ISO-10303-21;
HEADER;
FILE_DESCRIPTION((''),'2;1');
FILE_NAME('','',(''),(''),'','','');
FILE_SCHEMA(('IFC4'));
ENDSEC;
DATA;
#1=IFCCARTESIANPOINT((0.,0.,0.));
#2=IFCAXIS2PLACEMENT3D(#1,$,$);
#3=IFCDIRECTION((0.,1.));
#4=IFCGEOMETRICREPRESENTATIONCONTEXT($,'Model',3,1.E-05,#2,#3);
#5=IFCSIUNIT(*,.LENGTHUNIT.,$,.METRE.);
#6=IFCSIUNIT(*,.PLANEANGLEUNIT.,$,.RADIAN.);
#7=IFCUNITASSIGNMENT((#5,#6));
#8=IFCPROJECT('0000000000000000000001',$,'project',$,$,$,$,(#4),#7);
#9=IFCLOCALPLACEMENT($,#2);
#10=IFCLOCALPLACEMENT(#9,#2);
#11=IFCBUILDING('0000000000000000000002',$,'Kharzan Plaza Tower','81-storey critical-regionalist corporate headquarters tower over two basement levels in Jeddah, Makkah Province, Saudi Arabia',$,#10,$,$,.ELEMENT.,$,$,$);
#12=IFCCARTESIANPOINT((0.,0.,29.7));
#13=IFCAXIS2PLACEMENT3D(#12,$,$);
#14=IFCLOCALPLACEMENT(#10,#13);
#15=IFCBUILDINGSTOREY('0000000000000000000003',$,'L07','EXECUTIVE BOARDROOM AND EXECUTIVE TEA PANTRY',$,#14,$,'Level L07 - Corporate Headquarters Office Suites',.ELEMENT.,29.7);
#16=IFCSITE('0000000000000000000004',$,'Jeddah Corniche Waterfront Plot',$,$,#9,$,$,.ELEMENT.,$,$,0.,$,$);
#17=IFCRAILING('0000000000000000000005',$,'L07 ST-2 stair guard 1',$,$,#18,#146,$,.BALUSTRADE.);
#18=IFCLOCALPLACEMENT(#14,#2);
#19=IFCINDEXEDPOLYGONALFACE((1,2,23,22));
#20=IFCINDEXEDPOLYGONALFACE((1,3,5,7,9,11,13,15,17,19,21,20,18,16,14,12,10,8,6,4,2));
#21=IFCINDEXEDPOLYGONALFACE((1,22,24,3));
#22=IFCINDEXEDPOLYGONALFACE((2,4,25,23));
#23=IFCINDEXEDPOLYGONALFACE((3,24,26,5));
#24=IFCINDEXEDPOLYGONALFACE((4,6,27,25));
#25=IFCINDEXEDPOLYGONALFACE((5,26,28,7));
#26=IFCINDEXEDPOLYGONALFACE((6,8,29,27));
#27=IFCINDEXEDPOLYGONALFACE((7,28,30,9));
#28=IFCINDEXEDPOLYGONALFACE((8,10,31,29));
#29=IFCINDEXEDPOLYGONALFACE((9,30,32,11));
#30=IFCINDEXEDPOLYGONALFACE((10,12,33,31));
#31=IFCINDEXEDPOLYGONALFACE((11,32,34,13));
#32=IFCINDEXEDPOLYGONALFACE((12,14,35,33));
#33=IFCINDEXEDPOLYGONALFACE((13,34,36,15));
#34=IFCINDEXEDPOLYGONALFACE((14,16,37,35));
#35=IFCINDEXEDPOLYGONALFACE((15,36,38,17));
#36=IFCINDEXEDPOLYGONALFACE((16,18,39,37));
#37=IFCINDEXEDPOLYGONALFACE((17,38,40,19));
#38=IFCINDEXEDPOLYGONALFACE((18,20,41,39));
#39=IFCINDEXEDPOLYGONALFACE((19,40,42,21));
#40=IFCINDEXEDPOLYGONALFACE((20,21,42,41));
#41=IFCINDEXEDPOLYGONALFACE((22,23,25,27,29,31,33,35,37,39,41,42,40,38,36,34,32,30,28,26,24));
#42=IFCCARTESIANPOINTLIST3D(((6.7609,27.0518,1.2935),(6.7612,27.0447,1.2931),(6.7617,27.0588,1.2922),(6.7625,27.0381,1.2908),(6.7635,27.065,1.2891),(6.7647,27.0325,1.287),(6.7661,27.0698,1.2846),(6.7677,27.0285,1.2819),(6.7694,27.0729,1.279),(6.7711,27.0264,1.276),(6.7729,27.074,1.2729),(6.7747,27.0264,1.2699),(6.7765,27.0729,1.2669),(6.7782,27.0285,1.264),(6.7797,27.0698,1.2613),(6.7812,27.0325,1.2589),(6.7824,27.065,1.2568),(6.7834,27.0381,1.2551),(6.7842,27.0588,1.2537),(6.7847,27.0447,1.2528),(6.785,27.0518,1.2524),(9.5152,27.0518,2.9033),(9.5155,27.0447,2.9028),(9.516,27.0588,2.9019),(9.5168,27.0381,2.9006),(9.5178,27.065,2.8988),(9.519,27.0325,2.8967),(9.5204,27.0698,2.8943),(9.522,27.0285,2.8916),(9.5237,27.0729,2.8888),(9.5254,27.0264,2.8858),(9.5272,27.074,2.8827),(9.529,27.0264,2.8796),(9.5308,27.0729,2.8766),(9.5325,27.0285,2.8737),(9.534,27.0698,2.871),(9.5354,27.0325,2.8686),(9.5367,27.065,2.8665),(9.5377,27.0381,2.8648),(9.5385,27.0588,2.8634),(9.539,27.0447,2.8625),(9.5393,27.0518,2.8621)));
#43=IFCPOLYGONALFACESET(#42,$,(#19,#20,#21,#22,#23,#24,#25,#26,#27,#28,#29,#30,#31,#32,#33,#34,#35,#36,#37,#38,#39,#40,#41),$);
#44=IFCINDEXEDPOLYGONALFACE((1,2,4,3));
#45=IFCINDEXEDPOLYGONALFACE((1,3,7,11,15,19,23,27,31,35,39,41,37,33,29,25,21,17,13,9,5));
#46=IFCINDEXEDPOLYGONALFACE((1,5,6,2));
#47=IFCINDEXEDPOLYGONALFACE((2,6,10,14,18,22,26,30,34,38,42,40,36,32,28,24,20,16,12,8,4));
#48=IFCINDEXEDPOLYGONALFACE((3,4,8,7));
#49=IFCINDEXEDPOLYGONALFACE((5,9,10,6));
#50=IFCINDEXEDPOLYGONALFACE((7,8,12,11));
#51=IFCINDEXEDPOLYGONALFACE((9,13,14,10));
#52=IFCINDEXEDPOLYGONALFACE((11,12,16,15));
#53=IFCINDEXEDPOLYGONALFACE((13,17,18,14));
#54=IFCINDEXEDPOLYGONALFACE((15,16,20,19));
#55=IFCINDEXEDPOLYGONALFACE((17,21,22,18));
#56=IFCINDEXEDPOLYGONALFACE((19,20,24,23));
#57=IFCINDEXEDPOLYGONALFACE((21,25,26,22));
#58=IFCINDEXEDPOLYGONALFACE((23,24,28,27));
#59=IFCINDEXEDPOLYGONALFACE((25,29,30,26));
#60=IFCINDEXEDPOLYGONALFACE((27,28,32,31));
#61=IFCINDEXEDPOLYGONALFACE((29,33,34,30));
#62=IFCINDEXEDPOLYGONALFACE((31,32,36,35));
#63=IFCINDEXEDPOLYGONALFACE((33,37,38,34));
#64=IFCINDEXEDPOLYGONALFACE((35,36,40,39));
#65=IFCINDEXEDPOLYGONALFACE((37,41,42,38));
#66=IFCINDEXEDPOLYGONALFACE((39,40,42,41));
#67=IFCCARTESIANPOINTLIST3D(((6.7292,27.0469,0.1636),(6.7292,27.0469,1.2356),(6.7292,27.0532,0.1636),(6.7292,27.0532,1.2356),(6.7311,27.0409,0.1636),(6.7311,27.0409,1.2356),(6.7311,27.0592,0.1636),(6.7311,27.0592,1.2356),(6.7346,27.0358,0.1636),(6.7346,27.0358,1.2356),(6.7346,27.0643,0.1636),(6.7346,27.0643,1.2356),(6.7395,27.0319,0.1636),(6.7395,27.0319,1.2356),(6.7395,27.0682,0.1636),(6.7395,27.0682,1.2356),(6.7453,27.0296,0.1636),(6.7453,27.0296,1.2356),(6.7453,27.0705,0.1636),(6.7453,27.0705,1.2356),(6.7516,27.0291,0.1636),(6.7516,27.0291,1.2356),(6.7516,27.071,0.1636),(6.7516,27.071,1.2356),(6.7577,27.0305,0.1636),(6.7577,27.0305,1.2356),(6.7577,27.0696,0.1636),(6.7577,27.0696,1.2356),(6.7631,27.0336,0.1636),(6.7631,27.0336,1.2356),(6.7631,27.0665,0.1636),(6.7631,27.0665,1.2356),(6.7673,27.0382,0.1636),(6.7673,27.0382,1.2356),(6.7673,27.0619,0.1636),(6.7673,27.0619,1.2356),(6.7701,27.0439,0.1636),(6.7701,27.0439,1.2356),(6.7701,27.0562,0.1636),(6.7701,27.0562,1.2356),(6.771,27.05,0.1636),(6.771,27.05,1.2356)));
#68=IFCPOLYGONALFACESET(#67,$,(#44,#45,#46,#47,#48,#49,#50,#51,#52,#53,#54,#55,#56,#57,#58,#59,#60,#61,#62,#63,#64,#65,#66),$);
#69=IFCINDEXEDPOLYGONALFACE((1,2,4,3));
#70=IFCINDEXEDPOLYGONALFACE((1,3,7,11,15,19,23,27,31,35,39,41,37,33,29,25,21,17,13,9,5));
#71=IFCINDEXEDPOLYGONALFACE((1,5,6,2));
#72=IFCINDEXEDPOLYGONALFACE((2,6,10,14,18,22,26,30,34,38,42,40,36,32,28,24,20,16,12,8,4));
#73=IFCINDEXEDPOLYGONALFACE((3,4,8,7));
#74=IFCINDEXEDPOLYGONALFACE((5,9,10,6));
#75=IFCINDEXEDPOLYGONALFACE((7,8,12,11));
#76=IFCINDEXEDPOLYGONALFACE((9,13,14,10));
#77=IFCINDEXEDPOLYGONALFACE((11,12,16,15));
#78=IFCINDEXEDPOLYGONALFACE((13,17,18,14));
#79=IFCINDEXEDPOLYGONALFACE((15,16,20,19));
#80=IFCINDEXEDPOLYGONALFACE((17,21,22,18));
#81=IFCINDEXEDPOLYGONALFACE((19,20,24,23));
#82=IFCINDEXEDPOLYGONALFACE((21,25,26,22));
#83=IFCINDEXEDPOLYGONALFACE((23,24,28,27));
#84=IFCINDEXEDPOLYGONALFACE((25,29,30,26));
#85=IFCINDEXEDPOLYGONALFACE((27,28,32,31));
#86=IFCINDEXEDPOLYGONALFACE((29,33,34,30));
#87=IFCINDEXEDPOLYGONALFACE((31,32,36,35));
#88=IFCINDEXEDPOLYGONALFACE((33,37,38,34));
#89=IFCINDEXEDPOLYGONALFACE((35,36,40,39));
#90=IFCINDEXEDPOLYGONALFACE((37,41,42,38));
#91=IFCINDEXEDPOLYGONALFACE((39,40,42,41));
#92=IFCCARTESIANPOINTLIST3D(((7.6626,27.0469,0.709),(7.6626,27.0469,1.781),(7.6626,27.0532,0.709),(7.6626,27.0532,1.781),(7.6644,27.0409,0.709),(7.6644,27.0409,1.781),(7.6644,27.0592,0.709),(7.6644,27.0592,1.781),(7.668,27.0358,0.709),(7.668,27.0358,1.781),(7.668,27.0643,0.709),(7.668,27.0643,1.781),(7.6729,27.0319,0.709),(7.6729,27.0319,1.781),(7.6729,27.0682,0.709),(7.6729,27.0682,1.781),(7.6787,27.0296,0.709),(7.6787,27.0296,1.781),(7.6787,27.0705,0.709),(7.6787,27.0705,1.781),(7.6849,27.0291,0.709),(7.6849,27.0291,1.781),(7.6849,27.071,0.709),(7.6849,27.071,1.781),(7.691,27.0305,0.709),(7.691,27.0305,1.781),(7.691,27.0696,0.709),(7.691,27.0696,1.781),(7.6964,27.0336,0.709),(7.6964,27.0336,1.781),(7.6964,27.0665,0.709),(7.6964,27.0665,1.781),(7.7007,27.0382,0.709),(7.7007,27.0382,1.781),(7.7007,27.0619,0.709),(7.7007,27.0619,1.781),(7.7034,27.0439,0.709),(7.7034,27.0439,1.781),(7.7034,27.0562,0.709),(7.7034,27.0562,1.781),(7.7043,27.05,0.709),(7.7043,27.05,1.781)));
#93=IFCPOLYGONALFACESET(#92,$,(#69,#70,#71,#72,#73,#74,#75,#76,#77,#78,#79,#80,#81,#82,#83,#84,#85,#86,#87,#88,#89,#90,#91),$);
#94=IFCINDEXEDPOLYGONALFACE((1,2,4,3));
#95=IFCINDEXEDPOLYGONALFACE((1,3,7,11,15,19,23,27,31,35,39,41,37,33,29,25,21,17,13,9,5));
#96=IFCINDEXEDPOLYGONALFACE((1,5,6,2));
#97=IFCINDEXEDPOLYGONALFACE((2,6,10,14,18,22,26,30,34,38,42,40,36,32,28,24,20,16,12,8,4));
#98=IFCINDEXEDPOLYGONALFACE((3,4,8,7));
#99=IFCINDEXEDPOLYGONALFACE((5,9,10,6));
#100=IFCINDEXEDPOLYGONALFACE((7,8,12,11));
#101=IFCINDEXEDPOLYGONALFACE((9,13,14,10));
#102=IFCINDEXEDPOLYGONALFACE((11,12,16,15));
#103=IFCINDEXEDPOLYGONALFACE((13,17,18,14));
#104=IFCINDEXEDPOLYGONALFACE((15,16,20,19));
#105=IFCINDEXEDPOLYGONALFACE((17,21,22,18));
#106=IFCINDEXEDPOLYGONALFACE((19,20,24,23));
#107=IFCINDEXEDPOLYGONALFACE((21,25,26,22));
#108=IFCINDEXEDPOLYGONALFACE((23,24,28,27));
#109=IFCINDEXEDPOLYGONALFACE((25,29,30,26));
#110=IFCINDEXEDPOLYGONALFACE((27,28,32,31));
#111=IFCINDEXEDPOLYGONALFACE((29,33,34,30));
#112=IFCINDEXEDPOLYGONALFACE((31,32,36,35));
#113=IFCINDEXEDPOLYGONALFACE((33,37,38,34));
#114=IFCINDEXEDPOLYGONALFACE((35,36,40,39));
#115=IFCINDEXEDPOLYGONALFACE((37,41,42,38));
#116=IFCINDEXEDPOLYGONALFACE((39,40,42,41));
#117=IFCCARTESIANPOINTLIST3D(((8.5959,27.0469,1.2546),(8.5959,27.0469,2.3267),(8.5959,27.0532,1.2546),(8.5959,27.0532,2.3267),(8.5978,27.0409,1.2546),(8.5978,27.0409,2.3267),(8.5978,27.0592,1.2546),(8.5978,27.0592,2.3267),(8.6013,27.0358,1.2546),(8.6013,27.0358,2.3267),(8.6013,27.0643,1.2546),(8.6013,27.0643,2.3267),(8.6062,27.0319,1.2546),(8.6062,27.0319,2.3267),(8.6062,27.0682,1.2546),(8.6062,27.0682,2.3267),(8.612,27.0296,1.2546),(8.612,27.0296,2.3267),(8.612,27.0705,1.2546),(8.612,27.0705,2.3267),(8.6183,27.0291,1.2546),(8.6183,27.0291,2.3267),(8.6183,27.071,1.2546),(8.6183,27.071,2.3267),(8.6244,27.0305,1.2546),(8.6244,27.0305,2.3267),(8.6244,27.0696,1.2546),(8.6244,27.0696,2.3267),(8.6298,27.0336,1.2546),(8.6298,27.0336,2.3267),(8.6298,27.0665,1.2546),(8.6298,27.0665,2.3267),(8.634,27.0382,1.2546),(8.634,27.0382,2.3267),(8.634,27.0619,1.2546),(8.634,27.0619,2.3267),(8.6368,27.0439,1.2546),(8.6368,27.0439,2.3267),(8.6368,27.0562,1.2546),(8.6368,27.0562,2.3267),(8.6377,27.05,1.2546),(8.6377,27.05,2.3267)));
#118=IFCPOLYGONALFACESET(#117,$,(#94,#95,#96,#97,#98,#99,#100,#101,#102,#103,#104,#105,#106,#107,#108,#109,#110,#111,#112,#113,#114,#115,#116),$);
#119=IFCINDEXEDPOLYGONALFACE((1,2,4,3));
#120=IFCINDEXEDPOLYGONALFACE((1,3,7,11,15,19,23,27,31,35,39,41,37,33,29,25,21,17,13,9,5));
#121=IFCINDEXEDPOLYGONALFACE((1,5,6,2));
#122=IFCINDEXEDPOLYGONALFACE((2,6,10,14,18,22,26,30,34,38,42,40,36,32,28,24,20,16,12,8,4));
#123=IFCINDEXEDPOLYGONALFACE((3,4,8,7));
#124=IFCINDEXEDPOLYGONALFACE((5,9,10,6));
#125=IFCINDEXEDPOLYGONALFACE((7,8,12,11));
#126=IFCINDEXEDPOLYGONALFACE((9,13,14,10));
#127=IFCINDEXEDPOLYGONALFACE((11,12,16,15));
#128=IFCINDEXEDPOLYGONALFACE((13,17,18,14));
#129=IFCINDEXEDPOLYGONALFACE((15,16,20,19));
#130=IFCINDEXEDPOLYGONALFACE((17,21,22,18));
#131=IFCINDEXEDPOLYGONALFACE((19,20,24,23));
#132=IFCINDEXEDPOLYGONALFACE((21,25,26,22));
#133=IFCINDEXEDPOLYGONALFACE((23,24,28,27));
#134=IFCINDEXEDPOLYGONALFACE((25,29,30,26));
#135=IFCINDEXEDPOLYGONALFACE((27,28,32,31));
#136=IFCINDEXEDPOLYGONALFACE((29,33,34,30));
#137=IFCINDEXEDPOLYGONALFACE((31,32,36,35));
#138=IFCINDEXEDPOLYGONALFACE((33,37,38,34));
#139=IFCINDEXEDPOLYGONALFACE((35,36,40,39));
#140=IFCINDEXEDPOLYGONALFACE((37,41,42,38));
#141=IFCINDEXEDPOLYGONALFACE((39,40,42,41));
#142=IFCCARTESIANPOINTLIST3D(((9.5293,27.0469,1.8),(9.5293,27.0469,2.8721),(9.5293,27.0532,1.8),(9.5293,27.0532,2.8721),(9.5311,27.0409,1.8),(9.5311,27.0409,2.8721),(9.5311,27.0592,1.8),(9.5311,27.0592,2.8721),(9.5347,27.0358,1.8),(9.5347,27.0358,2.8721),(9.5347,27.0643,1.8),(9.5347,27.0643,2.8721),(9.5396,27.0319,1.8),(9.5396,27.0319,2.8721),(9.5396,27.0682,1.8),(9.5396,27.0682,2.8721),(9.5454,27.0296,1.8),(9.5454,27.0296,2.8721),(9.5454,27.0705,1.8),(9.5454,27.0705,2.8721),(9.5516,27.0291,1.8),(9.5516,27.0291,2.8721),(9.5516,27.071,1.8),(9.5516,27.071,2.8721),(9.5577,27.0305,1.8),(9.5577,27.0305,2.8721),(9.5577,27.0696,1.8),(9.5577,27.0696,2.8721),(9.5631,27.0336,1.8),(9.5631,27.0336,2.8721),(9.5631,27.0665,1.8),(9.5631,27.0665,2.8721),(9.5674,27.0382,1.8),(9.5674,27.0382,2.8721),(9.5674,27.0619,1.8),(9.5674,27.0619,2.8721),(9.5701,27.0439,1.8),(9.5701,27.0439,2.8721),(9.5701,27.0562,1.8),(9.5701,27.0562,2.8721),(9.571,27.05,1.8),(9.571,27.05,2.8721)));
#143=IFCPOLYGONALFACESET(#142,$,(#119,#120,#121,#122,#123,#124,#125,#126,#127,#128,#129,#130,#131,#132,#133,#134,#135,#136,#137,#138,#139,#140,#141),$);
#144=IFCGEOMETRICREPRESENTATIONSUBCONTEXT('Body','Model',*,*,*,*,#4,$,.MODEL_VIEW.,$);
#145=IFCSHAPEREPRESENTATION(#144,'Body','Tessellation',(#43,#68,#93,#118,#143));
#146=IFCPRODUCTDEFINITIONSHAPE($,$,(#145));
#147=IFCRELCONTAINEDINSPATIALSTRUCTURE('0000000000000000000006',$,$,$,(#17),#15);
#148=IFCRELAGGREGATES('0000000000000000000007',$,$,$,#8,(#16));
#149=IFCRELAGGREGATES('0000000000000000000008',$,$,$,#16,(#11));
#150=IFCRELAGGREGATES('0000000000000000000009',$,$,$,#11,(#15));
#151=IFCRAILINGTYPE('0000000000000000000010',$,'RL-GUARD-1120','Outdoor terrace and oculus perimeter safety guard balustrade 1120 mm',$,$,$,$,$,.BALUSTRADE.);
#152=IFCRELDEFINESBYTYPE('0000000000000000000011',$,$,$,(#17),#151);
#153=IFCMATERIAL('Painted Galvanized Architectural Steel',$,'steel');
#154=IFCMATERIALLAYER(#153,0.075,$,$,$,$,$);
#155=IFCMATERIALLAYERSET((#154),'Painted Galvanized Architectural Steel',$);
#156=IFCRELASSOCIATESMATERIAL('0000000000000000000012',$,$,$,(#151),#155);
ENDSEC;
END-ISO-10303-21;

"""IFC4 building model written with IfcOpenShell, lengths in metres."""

from ifc_helpers import new_model, si_unit, direction, frame, origin, origin_2d, place, context, subcontext, project, spatial, circle, extrude, source, transform, mapped, material, layer, layer_set, type_object, element, save


model = new_model("IFC4")

# Units and contexts
model_context = context("Model", 3, precision=1e-05, world=origin(), true_north=direction((0.0, 1.0)))
body_context = subcontext(model_context, "Body", "Model", "MODEL_VIEW")
ifc_project = project(units=[si_unit("LENGTHUNIT", "METRE"), si_unit("PLANEANGLEUNIT", "RADIAN")], contexts=[model_context])

# Site, building, storey
site_placement = place(None, origin())
site = spatial("IfcSite", under=ifc_project, at=site_placement, Name="Jeddah Corniche Waterfront Plot", CompositionType="ELEMENT", RefElevation=0.0)
building_placement = place(site_placement, origin())
building = spatial("IfcBuilding", under=site, at=building_placement, Name="Kharzan Plaza Tower", Description="81-storey critical-regionalist corporate headquarters tower over two basement levels in Jeddah, Makkah Province, Saudi Arabia", CompositionType="ELEMENT")
storey_placement = place(building_placement, frame((0.0, 0.0, 29.7)))
storey = spatial("IfcBuildingStorey", under=building, at=storey_placement, Name="L07", Description="EXECUTIVE BOARDROOM AND EXECUTIVE TEA PANTRY", LongName="Level L07 - Corporate Headquarters Office Suites", CompositionType="ELEMENT", Elevation=29.7)

# Railing
ifc_material_1 = material(Name="Painted Galvanized Architectural Steel", Category="steel")
ifc_layer_1 = layer(ifc_material_1, 0.075)
ifc_layer_set_1 = layer_set([ifc_layer_1], Name="Painted Galvanized Architectural Steel")
railing_type_1 = type_object("IfcRailingType", Name="RL-GUARD-1120", Description="Outdoor terrace and oculus perimeter safety guard balustrade 1120 mm", PredefinedType="BALUSTRADE", material=ifc_layer_set_1)
shared_shape_1 = source(origin(), body_context, "Body", "SweptSolid", [
    extrude(circle(Radius=0.0239, at=origin_2d()), frame((0.0229, 0.0, 1.1094), z_axis=(0.863361, 0.0, 0.504587), x_axis=(0.0, 1.0, 0.0)), (0.0, 0.0, 1.0), 3.1902),
    extrude(circle(Radius=0.021, at=origin_2d()), origin(), (0.0, 0.0, 1.0), 1.072),
    extrude(circle(Radius=0.021, at=origin_2d()), frame((0.9333, 0.0, 0.5454)), (0.0, 0.0, 1.0), 1.072),
    extrude(circle(Radius=0.021, at=origin_2d()), frame((1.8667, 0.0, 1.0911)), (0.0, 0.0, 1.0), 1.072),
    extrude(circle(Radius=0.021, at=origin_2d()), frame((2.8, 0.0, 1.6365)), (0.0, 0.0, 1.0), 1.072),
])
railing_1_placement = place(storey_placement, frame((6.75, 27.05, 0.1636)))
element("IfcRailing", 1, at=railing_1_placement, inside=storey, type_object=railing_type_1, Name="L07 ST-2 stair guard 1", PredefinedType="BALUSTRADE", context=body_context, shape_type="MappedRepresentation", body=[
    mapped(shared_shape_1, transform((0.0, 0.0, 0.0), x_axis=(1.0, 0.0, 0.0), y_axis=(0.0, 1.0, 0.0), z_axis=(0.0, 0.0, 1.0))),
])

save(model, "model.ifc")
